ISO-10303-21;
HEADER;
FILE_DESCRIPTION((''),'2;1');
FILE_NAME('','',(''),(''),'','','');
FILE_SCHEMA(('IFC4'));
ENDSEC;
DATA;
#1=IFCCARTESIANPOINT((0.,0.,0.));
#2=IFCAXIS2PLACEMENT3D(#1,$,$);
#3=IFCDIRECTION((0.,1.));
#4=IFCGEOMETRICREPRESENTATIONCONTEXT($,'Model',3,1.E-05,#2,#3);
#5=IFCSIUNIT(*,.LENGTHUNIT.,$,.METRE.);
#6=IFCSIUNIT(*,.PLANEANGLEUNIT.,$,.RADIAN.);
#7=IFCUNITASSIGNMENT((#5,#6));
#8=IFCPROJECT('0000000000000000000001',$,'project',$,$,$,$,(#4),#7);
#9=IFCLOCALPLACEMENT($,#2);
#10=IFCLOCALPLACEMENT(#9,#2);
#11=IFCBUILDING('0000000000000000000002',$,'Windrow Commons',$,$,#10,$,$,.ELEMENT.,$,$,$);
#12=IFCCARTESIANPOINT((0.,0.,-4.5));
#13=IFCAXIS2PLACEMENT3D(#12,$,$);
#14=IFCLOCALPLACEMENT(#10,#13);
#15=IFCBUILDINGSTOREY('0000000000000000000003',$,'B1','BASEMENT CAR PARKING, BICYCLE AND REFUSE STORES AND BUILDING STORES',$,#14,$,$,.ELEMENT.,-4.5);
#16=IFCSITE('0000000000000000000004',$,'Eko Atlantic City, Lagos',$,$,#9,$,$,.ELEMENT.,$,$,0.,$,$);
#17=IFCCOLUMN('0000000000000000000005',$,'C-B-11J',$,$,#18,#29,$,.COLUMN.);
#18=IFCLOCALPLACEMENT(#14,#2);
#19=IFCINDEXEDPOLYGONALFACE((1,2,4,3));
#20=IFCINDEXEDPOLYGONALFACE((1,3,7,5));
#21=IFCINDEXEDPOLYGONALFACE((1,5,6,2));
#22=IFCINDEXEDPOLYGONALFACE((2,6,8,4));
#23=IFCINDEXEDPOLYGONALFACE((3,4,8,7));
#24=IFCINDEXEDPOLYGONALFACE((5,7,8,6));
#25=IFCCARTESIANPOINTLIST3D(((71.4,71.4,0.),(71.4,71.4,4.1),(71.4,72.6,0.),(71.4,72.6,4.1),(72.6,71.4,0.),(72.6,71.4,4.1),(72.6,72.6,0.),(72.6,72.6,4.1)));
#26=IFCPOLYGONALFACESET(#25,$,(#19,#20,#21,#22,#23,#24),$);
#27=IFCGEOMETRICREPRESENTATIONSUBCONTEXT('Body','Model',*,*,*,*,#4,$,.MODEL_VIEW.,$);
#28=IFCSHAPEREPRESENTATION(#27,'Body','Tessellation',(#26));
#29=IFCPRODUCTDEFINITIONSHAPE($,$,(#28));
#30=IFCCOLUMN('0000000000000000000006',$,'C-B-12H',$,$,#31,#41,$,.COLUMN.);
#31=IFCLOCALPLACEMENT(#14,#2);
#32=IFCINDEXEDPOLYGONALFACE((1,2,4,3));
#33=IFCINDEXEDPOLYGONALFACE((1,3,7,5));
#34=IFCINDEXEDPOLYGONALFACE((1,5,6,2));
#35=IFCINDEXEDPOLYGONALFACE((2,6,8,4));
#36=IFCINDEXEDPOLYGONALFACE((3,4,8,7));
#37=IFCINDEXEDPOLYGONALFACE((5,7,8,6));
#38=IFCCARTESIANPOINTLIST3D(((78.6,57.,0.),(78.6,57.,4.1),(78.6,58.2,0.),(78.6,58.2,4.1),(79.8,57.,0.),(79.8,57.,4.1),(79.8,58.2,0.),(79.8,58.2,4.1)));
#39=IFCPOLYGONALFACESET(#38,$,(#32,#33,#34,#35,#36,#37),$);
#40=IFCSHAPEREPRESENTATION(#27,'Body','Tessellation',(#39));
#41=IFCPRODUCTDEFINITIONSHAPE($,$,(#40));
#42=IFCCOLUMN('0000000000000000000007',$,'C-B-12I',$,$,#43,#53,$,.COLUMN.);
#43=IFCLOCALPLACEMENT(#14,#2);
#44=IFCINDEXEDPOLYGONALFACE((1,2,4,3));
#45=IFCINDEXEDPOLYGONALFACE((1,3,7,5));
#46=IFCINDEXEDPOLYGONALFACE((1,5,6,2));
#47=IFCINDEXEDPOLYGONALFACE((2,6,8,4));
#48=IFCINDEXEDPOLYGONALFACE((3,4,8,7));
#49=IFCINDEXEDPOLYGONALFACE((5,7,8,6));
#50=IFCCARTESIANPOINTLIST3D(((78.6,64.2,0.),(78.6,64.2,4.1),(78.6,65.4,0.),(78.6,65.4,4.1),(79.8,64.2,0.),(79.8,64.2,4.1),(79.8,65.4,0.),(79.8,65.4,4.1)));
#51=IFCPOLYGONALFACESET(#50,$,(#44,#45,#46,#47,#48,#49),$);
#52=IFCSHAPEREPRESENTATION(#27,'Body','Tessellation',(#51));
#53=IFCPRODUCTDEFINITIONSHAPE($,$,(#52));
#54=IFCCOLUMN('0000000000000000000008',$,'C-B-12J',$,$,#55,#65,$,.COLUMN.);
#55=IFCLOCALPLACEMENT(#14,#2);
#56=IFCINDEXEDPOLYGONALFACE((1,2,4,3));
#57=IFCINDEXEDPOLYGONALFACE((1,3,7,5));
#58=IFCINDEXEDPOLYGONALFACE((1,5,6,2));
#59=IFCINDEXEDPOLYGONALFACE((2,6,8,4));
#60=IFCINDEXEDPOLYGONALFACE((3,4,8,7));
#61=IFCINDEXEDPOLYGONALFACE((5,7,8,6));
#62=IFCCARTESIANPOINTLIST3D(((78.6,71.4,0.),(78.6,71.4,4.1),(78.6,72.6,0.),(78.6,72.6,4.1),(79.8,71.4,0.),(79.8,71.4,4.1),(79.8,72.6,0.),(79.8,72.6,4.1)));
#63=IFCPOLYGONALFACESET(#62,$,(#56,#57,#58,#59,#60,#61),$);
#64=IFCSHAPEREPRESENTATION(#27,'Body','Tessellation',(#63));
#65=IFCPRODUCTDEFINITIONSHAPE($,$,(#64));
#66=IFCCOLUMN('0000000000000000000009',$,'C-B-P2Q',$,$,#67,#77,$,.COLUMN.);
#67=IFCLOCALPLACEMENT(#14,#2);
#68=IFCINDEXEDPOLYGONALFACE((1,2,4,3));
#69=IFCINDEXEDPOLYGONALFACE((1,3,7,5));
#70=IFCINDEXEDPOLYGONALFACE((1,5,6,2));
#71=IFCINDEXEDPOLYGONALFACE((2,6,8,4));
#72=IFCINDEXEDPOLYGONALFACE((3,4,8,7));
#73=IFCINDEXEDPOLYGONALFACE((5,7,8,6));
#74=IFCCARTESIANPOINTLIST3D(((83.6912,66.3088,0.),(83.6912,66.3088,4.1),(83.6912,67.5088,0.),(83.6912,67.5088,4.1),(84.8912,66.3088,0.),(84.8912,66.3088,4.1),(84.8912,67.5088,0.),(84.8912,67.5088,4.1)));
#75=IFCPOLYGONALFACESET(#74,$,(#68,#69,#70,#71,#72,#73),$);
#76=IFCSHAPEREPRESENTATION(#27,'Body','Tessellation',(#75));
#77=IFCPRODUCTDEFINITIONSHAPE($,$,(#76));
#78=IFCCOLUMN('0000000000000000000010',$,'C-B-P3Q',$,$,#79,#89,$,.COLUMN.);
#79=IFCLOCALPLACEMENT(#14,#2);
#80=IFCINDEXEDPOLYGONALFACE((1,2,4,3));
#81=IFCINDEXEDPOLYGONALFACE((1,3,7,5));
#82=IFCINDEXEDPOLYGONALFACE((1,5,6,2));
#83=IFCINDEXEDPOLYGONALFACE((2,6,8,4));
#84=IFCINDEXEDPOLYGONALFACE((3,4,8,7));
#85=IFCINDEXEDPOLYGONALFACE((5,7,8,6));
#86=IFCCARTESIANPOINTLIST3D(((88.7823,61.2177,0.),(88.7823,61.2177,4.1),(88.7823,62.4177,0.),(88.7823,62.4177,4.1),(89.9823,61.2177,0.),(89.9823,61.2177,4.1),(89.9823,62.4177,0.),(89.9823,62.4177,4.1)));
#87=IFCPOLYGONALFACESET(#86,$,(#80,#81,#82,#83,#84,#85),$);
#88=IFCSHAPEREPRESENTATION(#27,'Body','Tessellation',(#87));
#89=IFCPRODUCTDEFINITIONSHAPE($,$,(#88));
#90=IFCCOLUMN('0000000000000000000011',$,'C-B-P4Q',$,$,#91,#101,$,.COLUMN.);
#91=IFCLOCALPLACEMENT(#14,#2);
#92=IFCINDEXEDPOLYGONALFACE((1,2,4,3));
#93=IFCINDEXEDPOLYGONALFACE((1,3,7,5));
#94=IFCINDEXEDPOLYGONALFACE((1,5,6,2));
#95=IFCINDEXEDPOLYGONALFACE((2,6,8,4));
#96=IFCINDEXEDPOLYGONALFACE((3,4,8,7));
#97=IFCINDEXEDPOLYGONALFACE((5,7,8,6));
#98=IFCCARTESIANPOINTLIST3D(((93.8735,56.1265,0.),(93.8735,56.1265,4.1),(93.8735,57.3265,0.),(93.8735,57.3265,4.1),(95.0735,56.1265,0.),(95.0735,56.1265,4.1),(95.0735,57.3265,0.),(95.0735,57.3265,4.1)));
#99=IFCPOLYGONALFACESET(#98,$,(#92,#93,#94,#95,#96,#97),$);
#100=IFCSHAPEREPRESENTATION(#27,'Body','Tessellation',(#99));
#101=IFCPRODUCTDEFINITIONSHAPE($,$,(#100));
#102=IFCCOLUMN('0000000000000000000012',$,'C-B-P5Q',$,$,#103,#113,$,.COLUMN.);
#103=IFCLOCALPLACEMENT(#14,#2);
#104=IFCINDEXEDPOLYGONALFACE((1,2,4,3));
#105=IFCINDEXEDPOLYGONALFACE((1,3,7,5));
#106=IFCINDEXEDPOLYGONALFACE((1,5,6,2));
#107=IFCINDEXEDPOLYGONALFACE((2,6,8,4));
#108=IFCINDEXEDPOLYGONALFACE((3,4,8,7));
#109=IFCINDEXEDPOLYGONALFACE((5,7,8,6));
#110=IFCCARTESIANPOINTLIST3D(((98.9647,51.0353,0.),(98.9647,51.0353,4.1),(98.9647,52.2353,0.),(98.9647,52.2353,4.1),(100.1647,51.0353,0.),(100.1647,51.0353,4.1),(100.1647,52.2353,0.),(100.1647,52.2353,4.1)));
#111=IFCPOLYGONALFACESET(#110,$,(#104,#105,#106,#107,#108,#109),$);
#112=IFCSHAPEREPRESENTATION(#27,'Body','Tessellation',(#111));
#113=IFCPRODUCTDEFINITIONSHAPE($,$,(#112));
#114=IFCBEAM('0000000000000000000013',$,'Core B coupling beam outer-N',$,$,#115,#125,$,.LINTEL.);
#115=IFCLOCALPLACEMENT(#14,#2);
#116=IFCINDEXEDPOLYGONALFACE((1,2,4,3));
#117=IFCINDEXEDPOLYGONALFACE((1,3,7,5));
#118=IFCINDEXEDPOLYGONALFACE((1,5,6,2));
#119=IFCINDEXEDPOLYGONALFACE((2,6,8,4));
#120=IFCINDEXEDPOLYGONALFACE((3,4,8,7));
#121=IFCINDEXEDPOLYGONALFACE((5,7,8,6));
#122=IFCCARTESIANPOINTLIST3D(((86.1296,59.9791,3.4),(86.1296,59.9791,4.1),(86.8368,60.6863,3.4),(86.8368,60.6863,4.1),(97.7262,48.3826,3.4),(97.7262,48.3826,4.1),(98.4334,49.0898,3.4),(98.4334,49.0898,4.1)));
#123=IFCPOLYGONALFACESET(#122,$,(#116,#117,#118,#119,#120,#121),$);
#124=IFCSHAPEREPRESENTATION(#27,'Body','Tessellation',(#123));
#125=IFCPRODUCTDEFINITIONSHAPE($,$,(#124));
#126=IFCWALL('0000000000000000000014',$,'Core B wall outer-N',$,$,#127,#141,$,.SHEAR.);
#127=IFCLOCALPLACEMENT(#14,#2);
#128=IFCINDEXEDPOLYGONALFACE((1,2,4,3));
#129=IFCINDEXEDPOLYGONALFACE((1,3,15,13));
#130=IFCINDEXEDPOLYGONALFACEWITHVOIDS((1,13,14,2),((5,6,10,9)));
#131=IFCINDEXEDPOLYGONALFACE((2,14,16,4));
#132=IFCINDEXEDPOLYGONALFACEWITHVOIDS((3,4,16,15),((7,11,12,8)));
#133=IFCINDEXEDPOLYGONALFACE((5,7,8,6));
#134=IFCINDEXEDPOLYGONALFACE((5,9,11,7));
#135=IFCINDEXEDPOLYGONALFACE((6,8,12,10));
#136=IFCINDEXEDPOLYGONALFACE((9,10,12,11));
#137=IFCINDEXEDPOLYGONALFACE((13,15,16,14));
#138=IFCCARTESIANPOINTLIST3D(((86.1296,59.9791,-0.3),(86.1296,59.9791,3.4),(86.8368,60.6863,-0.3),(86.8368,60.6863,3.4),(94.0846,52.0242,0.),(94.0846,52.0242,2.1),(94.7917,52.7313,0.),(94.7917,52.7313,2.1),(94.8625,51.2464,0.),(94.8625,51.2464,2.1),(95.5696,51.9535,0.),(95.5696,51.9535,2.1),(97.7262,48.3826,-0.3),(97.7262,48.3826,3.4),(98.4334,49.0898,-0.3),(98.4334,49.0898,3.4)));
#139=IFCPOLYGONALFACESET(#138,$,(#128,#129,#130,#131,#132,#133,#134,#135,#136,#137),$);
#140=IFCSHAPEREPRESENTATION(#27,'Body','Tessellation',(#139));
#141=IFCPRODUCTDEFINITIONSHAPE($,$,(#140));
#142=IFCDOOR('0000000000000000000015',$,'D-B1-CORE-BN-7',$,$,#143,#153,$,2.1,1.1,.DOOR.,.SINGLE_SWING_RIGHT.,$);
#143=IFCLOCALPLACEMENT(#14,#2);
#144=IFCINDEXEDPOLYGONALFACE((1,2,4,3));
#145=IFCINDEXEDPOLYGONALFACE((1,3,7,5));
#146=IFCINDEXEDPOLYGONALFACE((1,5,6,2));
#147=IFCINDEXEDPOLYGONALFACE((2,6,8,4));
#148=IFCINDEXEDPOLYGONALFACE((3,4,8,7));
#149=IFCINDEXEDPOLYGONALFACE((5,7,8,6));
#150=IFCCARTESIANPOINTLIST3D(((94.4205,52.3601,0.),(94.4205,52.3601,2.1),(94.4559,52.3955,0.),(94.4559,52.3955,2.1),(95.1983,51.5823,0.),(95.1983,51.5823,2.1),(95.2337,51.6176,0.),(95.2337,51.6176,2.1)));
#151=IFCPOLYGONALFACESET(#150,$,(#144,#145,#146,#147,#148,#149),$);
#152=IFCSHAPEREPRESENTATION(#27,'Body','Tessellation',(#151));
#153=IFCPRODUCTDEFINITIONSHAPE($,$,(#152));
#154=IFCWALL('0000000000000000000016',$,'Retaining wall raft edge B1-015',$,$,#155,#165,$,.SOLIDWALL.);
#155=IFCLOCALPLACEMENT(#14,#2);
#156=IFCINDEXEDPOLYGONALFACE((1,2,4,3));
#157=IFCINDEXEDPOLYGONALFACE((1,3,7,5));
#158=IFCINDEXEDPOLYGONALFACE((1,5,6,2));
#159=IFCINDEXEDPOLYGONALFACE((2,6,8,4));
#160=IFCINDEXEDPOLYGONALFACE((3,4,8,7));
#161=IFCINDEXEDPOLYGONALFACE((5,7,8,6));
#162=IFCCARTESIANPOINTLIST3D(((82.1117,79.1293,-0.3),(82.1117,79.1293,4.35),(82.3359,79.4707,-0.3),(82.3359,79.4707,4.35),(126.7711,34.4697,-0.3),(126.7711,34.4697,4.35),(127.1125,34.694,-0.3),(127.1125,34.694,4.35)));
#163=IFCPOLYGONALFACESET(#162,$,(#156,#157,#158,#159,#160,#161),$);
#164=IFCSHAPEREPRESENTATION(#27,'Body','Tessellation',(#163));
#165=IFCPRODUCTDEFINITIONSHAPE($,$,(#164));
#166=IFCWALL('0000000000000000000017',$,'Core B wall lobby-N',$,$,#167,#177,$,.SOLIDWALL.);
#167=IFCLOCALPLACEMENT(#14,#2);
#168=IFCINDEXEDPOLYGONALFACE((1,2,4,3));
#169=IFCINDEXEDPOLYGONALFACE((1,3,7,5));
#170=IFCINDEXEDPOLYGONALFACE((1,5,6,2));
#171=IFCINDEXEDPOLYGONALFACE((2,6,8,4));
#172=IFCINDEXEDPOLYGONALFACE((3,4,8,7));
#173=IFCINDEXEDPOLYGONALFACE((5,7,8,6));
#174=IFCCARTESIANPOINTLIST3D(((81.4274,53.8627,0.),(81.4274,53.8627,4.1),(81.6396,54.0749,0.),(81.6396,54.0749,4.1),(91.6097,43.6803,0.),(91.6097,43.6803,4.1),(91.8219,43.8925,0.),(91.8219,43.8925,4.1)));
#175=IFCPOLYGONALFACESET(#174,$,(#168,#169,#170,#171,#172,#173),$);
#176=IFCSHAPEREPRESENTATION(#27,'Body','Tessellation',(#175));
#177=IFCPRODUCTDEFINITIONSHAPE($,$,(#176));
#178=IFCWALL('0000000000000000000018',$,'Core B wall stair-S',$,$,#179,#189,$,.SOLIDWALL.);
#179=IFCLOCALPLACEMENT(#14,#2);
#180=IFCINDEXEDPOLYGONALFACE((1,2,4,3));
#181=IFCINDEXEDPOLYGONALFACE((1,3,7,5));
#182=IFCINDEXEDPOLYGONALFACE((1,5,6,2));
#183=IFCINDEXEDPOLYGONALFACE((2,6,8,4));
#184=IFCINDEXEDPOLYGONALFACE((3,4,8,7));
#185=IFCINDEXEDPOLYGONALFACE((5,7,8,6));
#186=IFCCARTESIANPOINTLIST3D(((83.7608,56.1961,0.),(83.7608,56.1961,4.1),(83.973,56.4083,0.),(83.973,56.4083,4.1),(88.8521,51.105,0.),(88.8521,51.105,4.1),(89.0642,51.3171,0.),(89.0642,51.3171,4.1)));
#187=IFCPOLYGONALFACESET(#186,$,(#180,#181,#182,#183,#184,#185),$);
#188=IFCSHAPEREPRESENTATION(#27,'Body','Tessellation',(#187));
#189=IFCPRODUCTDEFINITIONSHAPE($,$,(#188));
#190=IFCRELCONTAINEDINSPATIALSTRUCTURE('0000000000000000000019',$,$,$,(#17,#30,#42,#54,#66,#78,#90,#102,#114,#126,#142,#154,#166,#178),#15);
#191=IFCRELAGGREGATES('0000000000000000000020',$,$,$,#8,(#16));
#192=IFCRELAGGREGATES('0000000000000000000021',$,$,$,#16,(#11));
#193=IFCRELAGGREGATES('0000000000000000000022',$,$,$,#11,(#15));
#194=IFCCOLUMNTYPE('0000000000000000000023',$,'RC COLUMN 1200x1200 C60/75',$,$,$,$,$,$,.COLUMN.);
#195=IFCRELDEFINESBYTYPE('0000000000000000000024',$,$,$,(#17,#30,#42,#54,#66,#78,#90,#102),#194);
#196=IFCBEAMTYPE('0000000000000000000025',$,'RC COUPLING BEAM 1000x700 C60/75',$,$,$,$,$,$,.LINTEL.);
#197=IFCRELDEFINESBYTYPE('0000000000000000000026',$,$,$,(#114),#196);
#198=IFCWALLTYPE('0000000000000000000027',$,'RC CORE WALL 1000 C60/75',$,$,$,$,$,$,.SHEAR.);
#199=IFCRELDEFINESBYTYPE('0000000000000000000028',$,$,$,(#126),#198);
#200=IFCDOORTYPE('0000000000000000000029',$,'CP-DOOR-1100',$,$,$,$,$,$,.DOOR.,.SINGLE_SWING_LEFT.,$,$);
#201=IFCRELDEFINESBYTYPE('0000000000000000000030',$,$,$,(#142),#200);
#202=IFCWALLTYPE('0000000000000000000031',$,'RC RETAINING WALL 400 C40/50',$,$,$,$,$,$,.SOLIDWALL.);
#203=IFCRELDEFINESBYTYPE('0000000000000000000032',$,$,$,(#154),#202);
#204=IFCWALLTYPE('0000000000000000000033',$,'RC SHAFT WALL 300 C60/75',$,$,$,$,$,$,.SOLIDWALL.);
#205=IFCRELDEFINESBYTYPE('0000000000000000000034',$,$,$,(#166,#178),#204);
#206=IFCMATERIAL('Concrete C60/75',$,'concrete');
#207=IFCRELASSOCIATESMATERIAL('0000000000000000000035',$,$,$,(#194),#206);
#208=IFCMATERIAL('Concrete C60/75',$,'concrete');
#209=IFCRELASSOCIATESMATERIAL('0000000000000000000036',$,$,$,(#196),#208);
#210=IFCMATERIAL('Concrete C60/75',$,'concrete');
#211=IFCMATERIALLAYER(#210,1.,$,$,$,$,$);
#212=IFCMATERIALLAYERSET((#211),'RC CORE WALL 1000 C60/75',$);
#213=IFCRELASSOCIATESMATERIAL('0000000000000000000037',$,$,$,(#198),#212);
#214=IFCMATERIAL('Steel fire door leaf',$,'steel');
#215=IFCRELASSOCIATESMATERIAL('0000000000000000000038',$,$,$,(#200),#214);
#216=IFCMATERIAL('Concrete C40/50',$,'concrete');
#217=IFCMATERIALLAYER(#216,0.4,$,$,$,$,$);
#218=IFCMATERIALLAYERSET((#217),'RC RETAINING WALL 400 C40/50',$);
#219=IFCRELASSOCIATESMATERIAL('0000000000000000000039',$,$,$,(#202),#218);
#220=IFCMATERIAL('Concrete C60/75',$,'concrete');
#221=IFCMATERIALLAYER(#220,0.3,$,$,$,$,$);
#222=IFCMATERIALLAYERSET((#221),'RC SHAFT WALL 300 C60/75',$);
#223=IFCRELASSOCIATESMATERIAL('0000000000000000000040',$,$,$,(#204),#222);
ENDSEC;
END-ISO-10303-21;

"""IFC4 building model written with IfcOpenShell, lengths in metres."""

from ifc_helpers import new_model, si_unit, direction, frame, frame_2d, origin, origin_2d, place, context, subcontext, project, spatial, polyline, rectangle, outline, extrude, material, layer, layer_set, material_profile, profile_set, type_object, element, fill, save


model = new_model("IFC4")

# Units and contexts
model_context = context("Model", 3, precision=1e-05, world=origin(), true_north=direction((0.0, 1.0)))
body_context = subcontext(model_context, "Body", "Model", "MODEL_VIEW")
ifc_project = project(units=[si_unit("LENGTHUNIT", "METRE"), si_unit("PLANEANGLEUNIT", "RADIAN")], contexts=[model_context])

# Site, building, storey
site_placement = place(None, origin())
site = spatial("IfcSite", under=ifc_project, at=site_placement, Name="Eko Atlantic City, Lagos", CompositionType="ELEMENT", RefElevation=0.0)
building_placement = place(site_placement, origin())
building = spatial("IfcBuilding", under=site, at=building_placement, Name="Windrow Commons", CompositionType="ELEMENT")
storey_placement = place(building_placement, frame((0.0, 0.0, -4.5)))
storey = spatial("IfcBuildingStorey", under=building, at=storey_placement, Name="B1", Description="BASEMENT CAR PARKING, BICYCLE AND REFUSE STORES AND BUILDING STORES", CompositionType="ELEMENT", Elevation=-4.5)

# Columns
ifc_material_1 = material(Name="Concrete C60/75", Category="concrete")
ifc_material_profile_1 = material_profile(ifc_material_1, rectangle(XDim=1.2, YDim=1.2, at=origin_2d()))
ifc_profile_set_1 = profile_set([ifc_material_profile_1], Name="Concrete C60/75")
column_type = type_object("IfcColumnType", Name="RC COLUMN 1200x1200 C60/75", PredefinedType="COLUMN", material=ifc_profile_set_1)
for number, where, z_axis, x_axis, name in (
    (1, (72.0, 72.0, 0.0), (0.0, 0.0, 1.0), (1.0, 0.0, 0.0), "C-B-11J"),
    (2, (79.2, 57.6, 0.0), (0.0, 0.0, 1.0), (1.0, 0.0, 0.0), "C-B-12H"),
    (3, (79.2, 64.8, 0.0), (0.0, 0.0, 1.0), (1.0, 0.0, 0.0), "C-B-12I"),
    (4, (79.2, 72.0, 0.0), (0.0, 0.0, 1.0), (1.0, 0.0, 0.0), "C-B-12J"),
    (5, (84.2912, 66.9088, 0.0), (0.0, 0.0, 1.0), (1.0, 0.0, 0.0), "C-B-P2Q"),
    (6, (89.3823, 61.8177, 0.0), (0.0, 0.0, 1.0), (1.0, 0.0, 0.0), "C-B-P3Q"),
    (7, (94.4735, 56.7265, 0.0), (0.0, 0.0, 1.0), (1.0, 0.0, 0.0), "C-B-P4Q"),
    (8, (99.5647, 51.6353, 0.0), (0.0, 0.0, 1.0), (1.0, 0.0, 0.0), "C-B-P5Q"),
):
    element("IfcColumn", number, at=place(storey_placement, frame(where, z_axis=z_axis, x_axis=x_axis)), inside=storey, type_object=column_type, Name=name, PredefinedType="COLUMN", context=body_context, shape_type="SweptSolid", body=[
        extrude(rectangle(XDim=1.2, YDim=1.2, at=origin_2d()), origin(), (0.0, 0.0, 1.0), 4.1),
    ])

# Beam
ifc_material_2 = material(Name="Concrete C60/75", Category="concrete")
ifc_material_profile_2 = material_profile(ifc_material_2, rectangle(XDim=1.0, YDim=0.7, at=origin_2d()))
ifc_profile_set_2 = profile_set([ifc_material_profile_2], Name="Concrete C60/75")
beam_type = type_object("IfcBeamType", Name="RC COUPLING BEAM 1000x700 C60/75", PredefinedType="LINTEL", material=ifc_profile_set_2)
beam_placement = place(storey_placement, frame((86.4832, 60.3327, 3.75), z_axis=(0.70711, -0.707104, 0.0), x_axis=(0.707104, 0.70711, 0.0)))
element("IfcBeam", 9, at=beam_placement, inside=storey, type_object=beam_type, Name="Core B coupling beam outer-N", PredefinedType="LINTEL", context=body_context, shape_type="SweptSolid", body=[
    extrude(rectangle(XDim=1.0, YDim=0.7, at=origin_2d()), origin(), (0.0, 0.0, 1.0), 16.4),
])

# Wall, opening, door
ifc_material_3 = material(Name="Concrete C60/75", Category="concrete")
ifc_layer_1 = layer(ifc_material_3, 1.0)
ifc_layer_set_1 = layer_set([ifc_layer_1], Name="RC CORE WALL 1000 C60/75")
wall_type_1 = type_object("IfcWallType", Name="RC CORE WALL 1000 C60/75", PredefinedType="SHEAR", material=ifc_layer_set_1)
wall_1_placement = place(storey_placement, frame((86.4832, 60.3327, -0.3), z_axis=(0.0, 0.0, 1.0), x_axis=(0.70711, -0.707104, 0.0)))
wall_1 = element("IfcWall", 10, at=wall_1_placement, inside=storey, type_object=wall_type_1, Name="Core B wall outer-N", PredefinedType="SHEAR", context=body_context, shape_type="SweptSolid", body=[
    extrude(rectangle(XDim=16.4, YDim=1.0, at=frame_2d((8.2, 0.0))), origin(), (0.0, 0.0, 1.0), 3.7),
])
opening_placement = place(wall_1_placement, frame((11.25, 0.0, 0.3)))
opening = element("IfcOpeningElement", 11, at=opening_placement, cuts=wall_1, PredefinedType="OPENING", context=body_context, shape_type="SweptSolid", body=[
    extrude(rectangle(XDim=1.1, YDim=2.1, at=frame_2d((0.55, 1.05))), frame((0.0, 0.51, 0.0), z_axis=(0.0, -1.0, 0.0), x_axis=(1.0, 0.0, 0.0)), (0.0, 0.0, 1.0), 1.02),
])
ifc_material_4 = material(Name="Steel fire door leaf", Category="steel")
door_type = type_object("IfcDoorType", Name="CP-DOOR-1100", OperationType="SINGLE_SWING_LEFT", PredefinedType="DOOR", material=ifc_material_4)
door_placement = place(opening_placement, origin())
door = element("IfcDoor", 12, at=door_placement, inside=storey, type_object=door_type, Name="D-B1-CORE-BN-7", OperationType="SINGLE_SWING_RIGHT", OverallHeight=2.1, OverallWidth=1.1, PredefinedType="DOOR", context=body_context, shape_type="SweptSolid", body=[
    extrude(rectangle(XDim=1.1, YDim=2.1, at=frame_2d((0.55, 1.05))), frame((0.0, 0.025, 0.0), z_axis=(0.0, -1.0, 0.0), x_axis=(1.0, 0.0, 0.0)), (0.0, 0.0, 1.0), 0.05),
])
fill(opening, door)

# Walls
ifc_material_5 = material(Name="Concrete C40/50", Category="concrete")
ifc_layer_2 = layer(ifc_material_5, 0.4)
ifc_layer_set_2 = layer_set([ifc_layer_2], Name="RC RETAINING WALL 400 C40/50")
wall_type_2 = type_object("IfcWallType", Name="RC RETAINING WALL 400 C40/50", PredefinedType="SOLIDWALL", material=ifc_layer_set_2)
wall_2_placement = place(storey_placement, frame((82.2238, 79.3, -0.3), z_axis=(0.0, 0.0, 1.0), x_axis=(0.707106, -0.707108, 0.0)))
element("IfcWall", 13, at=wall_2_placement, inside=storey, type_object=wall_type_2, Name="Retaining wall raft edge B1-015", PredefinedType="SOLIDWALL", context=body_context, shape_type="SweptSolid", body=[
    extrude(outline(polyline([(0.0414, -0.2), (63.1995, -0.2), (63.2823, 0.2), (-0.0414, 0.2), (0.0414, -0.2)])), origin(), (0.0, 0.0, 1.0), 4.65),
])
ifc_material_6 = material(Name="Concrete C60/75", Category="concrete")
ifc_layer_3 = layer(ifc_material_6, 0.3)
ifc_layer_set_3 = layer_set([ifc_layer_3], Name="RC SHAFT WALL 300 C60/75")
wall_type_3 = type_object("IfcWallType", Name="RC SHAFT WALL 300 C60/75", PredefinedType="SOLIDWALL", material=ifc_layer_set_3)
wall_3_placement = place(storey_placement, frame((81.5335, 53.9688, 0.0), z_axis=(0.0, 0.0, 1.0), x_axis=(0.707103, -0.70711, 0.0)))
element("IfcWall", 14, at=wall_3_placement, inside=storey, type_object=wall_type_3, Name="Core B wall lobby-N", PredefinedType="SOLIDWALL", context=body_context, shape_type="SweptSolid", body=[
    extrude(rectangle(XDim=14.4, YDim=0.3, at=frame_2d((7.2, 0.0))), origin(), (0.0, 0.0, 1.0), 4.1),
])
wall_4_placement = place(storey_placement, frame((83.8669, 56.3022, 0.0), z_axis=(0.0, 0.0, 1.0), x_axis=(0.707114, -0.7071, 0.0)))
element("IfcWall", 15, at=wall_4_placement, inside=storey, type_object=wall_type_3, Name="Core B wall stair-S", PredefinedType="SOLIDWALL", context=body_context, shape_type="SweptSolid", body=[
    extrude(rectangle(XDim=7.2, YDim=0.3, at=frame_2d((3.6, 0.0))), origin(), (0.0, 0.0, 1.0), 4.1),
])

save(model, "model.ifc")
